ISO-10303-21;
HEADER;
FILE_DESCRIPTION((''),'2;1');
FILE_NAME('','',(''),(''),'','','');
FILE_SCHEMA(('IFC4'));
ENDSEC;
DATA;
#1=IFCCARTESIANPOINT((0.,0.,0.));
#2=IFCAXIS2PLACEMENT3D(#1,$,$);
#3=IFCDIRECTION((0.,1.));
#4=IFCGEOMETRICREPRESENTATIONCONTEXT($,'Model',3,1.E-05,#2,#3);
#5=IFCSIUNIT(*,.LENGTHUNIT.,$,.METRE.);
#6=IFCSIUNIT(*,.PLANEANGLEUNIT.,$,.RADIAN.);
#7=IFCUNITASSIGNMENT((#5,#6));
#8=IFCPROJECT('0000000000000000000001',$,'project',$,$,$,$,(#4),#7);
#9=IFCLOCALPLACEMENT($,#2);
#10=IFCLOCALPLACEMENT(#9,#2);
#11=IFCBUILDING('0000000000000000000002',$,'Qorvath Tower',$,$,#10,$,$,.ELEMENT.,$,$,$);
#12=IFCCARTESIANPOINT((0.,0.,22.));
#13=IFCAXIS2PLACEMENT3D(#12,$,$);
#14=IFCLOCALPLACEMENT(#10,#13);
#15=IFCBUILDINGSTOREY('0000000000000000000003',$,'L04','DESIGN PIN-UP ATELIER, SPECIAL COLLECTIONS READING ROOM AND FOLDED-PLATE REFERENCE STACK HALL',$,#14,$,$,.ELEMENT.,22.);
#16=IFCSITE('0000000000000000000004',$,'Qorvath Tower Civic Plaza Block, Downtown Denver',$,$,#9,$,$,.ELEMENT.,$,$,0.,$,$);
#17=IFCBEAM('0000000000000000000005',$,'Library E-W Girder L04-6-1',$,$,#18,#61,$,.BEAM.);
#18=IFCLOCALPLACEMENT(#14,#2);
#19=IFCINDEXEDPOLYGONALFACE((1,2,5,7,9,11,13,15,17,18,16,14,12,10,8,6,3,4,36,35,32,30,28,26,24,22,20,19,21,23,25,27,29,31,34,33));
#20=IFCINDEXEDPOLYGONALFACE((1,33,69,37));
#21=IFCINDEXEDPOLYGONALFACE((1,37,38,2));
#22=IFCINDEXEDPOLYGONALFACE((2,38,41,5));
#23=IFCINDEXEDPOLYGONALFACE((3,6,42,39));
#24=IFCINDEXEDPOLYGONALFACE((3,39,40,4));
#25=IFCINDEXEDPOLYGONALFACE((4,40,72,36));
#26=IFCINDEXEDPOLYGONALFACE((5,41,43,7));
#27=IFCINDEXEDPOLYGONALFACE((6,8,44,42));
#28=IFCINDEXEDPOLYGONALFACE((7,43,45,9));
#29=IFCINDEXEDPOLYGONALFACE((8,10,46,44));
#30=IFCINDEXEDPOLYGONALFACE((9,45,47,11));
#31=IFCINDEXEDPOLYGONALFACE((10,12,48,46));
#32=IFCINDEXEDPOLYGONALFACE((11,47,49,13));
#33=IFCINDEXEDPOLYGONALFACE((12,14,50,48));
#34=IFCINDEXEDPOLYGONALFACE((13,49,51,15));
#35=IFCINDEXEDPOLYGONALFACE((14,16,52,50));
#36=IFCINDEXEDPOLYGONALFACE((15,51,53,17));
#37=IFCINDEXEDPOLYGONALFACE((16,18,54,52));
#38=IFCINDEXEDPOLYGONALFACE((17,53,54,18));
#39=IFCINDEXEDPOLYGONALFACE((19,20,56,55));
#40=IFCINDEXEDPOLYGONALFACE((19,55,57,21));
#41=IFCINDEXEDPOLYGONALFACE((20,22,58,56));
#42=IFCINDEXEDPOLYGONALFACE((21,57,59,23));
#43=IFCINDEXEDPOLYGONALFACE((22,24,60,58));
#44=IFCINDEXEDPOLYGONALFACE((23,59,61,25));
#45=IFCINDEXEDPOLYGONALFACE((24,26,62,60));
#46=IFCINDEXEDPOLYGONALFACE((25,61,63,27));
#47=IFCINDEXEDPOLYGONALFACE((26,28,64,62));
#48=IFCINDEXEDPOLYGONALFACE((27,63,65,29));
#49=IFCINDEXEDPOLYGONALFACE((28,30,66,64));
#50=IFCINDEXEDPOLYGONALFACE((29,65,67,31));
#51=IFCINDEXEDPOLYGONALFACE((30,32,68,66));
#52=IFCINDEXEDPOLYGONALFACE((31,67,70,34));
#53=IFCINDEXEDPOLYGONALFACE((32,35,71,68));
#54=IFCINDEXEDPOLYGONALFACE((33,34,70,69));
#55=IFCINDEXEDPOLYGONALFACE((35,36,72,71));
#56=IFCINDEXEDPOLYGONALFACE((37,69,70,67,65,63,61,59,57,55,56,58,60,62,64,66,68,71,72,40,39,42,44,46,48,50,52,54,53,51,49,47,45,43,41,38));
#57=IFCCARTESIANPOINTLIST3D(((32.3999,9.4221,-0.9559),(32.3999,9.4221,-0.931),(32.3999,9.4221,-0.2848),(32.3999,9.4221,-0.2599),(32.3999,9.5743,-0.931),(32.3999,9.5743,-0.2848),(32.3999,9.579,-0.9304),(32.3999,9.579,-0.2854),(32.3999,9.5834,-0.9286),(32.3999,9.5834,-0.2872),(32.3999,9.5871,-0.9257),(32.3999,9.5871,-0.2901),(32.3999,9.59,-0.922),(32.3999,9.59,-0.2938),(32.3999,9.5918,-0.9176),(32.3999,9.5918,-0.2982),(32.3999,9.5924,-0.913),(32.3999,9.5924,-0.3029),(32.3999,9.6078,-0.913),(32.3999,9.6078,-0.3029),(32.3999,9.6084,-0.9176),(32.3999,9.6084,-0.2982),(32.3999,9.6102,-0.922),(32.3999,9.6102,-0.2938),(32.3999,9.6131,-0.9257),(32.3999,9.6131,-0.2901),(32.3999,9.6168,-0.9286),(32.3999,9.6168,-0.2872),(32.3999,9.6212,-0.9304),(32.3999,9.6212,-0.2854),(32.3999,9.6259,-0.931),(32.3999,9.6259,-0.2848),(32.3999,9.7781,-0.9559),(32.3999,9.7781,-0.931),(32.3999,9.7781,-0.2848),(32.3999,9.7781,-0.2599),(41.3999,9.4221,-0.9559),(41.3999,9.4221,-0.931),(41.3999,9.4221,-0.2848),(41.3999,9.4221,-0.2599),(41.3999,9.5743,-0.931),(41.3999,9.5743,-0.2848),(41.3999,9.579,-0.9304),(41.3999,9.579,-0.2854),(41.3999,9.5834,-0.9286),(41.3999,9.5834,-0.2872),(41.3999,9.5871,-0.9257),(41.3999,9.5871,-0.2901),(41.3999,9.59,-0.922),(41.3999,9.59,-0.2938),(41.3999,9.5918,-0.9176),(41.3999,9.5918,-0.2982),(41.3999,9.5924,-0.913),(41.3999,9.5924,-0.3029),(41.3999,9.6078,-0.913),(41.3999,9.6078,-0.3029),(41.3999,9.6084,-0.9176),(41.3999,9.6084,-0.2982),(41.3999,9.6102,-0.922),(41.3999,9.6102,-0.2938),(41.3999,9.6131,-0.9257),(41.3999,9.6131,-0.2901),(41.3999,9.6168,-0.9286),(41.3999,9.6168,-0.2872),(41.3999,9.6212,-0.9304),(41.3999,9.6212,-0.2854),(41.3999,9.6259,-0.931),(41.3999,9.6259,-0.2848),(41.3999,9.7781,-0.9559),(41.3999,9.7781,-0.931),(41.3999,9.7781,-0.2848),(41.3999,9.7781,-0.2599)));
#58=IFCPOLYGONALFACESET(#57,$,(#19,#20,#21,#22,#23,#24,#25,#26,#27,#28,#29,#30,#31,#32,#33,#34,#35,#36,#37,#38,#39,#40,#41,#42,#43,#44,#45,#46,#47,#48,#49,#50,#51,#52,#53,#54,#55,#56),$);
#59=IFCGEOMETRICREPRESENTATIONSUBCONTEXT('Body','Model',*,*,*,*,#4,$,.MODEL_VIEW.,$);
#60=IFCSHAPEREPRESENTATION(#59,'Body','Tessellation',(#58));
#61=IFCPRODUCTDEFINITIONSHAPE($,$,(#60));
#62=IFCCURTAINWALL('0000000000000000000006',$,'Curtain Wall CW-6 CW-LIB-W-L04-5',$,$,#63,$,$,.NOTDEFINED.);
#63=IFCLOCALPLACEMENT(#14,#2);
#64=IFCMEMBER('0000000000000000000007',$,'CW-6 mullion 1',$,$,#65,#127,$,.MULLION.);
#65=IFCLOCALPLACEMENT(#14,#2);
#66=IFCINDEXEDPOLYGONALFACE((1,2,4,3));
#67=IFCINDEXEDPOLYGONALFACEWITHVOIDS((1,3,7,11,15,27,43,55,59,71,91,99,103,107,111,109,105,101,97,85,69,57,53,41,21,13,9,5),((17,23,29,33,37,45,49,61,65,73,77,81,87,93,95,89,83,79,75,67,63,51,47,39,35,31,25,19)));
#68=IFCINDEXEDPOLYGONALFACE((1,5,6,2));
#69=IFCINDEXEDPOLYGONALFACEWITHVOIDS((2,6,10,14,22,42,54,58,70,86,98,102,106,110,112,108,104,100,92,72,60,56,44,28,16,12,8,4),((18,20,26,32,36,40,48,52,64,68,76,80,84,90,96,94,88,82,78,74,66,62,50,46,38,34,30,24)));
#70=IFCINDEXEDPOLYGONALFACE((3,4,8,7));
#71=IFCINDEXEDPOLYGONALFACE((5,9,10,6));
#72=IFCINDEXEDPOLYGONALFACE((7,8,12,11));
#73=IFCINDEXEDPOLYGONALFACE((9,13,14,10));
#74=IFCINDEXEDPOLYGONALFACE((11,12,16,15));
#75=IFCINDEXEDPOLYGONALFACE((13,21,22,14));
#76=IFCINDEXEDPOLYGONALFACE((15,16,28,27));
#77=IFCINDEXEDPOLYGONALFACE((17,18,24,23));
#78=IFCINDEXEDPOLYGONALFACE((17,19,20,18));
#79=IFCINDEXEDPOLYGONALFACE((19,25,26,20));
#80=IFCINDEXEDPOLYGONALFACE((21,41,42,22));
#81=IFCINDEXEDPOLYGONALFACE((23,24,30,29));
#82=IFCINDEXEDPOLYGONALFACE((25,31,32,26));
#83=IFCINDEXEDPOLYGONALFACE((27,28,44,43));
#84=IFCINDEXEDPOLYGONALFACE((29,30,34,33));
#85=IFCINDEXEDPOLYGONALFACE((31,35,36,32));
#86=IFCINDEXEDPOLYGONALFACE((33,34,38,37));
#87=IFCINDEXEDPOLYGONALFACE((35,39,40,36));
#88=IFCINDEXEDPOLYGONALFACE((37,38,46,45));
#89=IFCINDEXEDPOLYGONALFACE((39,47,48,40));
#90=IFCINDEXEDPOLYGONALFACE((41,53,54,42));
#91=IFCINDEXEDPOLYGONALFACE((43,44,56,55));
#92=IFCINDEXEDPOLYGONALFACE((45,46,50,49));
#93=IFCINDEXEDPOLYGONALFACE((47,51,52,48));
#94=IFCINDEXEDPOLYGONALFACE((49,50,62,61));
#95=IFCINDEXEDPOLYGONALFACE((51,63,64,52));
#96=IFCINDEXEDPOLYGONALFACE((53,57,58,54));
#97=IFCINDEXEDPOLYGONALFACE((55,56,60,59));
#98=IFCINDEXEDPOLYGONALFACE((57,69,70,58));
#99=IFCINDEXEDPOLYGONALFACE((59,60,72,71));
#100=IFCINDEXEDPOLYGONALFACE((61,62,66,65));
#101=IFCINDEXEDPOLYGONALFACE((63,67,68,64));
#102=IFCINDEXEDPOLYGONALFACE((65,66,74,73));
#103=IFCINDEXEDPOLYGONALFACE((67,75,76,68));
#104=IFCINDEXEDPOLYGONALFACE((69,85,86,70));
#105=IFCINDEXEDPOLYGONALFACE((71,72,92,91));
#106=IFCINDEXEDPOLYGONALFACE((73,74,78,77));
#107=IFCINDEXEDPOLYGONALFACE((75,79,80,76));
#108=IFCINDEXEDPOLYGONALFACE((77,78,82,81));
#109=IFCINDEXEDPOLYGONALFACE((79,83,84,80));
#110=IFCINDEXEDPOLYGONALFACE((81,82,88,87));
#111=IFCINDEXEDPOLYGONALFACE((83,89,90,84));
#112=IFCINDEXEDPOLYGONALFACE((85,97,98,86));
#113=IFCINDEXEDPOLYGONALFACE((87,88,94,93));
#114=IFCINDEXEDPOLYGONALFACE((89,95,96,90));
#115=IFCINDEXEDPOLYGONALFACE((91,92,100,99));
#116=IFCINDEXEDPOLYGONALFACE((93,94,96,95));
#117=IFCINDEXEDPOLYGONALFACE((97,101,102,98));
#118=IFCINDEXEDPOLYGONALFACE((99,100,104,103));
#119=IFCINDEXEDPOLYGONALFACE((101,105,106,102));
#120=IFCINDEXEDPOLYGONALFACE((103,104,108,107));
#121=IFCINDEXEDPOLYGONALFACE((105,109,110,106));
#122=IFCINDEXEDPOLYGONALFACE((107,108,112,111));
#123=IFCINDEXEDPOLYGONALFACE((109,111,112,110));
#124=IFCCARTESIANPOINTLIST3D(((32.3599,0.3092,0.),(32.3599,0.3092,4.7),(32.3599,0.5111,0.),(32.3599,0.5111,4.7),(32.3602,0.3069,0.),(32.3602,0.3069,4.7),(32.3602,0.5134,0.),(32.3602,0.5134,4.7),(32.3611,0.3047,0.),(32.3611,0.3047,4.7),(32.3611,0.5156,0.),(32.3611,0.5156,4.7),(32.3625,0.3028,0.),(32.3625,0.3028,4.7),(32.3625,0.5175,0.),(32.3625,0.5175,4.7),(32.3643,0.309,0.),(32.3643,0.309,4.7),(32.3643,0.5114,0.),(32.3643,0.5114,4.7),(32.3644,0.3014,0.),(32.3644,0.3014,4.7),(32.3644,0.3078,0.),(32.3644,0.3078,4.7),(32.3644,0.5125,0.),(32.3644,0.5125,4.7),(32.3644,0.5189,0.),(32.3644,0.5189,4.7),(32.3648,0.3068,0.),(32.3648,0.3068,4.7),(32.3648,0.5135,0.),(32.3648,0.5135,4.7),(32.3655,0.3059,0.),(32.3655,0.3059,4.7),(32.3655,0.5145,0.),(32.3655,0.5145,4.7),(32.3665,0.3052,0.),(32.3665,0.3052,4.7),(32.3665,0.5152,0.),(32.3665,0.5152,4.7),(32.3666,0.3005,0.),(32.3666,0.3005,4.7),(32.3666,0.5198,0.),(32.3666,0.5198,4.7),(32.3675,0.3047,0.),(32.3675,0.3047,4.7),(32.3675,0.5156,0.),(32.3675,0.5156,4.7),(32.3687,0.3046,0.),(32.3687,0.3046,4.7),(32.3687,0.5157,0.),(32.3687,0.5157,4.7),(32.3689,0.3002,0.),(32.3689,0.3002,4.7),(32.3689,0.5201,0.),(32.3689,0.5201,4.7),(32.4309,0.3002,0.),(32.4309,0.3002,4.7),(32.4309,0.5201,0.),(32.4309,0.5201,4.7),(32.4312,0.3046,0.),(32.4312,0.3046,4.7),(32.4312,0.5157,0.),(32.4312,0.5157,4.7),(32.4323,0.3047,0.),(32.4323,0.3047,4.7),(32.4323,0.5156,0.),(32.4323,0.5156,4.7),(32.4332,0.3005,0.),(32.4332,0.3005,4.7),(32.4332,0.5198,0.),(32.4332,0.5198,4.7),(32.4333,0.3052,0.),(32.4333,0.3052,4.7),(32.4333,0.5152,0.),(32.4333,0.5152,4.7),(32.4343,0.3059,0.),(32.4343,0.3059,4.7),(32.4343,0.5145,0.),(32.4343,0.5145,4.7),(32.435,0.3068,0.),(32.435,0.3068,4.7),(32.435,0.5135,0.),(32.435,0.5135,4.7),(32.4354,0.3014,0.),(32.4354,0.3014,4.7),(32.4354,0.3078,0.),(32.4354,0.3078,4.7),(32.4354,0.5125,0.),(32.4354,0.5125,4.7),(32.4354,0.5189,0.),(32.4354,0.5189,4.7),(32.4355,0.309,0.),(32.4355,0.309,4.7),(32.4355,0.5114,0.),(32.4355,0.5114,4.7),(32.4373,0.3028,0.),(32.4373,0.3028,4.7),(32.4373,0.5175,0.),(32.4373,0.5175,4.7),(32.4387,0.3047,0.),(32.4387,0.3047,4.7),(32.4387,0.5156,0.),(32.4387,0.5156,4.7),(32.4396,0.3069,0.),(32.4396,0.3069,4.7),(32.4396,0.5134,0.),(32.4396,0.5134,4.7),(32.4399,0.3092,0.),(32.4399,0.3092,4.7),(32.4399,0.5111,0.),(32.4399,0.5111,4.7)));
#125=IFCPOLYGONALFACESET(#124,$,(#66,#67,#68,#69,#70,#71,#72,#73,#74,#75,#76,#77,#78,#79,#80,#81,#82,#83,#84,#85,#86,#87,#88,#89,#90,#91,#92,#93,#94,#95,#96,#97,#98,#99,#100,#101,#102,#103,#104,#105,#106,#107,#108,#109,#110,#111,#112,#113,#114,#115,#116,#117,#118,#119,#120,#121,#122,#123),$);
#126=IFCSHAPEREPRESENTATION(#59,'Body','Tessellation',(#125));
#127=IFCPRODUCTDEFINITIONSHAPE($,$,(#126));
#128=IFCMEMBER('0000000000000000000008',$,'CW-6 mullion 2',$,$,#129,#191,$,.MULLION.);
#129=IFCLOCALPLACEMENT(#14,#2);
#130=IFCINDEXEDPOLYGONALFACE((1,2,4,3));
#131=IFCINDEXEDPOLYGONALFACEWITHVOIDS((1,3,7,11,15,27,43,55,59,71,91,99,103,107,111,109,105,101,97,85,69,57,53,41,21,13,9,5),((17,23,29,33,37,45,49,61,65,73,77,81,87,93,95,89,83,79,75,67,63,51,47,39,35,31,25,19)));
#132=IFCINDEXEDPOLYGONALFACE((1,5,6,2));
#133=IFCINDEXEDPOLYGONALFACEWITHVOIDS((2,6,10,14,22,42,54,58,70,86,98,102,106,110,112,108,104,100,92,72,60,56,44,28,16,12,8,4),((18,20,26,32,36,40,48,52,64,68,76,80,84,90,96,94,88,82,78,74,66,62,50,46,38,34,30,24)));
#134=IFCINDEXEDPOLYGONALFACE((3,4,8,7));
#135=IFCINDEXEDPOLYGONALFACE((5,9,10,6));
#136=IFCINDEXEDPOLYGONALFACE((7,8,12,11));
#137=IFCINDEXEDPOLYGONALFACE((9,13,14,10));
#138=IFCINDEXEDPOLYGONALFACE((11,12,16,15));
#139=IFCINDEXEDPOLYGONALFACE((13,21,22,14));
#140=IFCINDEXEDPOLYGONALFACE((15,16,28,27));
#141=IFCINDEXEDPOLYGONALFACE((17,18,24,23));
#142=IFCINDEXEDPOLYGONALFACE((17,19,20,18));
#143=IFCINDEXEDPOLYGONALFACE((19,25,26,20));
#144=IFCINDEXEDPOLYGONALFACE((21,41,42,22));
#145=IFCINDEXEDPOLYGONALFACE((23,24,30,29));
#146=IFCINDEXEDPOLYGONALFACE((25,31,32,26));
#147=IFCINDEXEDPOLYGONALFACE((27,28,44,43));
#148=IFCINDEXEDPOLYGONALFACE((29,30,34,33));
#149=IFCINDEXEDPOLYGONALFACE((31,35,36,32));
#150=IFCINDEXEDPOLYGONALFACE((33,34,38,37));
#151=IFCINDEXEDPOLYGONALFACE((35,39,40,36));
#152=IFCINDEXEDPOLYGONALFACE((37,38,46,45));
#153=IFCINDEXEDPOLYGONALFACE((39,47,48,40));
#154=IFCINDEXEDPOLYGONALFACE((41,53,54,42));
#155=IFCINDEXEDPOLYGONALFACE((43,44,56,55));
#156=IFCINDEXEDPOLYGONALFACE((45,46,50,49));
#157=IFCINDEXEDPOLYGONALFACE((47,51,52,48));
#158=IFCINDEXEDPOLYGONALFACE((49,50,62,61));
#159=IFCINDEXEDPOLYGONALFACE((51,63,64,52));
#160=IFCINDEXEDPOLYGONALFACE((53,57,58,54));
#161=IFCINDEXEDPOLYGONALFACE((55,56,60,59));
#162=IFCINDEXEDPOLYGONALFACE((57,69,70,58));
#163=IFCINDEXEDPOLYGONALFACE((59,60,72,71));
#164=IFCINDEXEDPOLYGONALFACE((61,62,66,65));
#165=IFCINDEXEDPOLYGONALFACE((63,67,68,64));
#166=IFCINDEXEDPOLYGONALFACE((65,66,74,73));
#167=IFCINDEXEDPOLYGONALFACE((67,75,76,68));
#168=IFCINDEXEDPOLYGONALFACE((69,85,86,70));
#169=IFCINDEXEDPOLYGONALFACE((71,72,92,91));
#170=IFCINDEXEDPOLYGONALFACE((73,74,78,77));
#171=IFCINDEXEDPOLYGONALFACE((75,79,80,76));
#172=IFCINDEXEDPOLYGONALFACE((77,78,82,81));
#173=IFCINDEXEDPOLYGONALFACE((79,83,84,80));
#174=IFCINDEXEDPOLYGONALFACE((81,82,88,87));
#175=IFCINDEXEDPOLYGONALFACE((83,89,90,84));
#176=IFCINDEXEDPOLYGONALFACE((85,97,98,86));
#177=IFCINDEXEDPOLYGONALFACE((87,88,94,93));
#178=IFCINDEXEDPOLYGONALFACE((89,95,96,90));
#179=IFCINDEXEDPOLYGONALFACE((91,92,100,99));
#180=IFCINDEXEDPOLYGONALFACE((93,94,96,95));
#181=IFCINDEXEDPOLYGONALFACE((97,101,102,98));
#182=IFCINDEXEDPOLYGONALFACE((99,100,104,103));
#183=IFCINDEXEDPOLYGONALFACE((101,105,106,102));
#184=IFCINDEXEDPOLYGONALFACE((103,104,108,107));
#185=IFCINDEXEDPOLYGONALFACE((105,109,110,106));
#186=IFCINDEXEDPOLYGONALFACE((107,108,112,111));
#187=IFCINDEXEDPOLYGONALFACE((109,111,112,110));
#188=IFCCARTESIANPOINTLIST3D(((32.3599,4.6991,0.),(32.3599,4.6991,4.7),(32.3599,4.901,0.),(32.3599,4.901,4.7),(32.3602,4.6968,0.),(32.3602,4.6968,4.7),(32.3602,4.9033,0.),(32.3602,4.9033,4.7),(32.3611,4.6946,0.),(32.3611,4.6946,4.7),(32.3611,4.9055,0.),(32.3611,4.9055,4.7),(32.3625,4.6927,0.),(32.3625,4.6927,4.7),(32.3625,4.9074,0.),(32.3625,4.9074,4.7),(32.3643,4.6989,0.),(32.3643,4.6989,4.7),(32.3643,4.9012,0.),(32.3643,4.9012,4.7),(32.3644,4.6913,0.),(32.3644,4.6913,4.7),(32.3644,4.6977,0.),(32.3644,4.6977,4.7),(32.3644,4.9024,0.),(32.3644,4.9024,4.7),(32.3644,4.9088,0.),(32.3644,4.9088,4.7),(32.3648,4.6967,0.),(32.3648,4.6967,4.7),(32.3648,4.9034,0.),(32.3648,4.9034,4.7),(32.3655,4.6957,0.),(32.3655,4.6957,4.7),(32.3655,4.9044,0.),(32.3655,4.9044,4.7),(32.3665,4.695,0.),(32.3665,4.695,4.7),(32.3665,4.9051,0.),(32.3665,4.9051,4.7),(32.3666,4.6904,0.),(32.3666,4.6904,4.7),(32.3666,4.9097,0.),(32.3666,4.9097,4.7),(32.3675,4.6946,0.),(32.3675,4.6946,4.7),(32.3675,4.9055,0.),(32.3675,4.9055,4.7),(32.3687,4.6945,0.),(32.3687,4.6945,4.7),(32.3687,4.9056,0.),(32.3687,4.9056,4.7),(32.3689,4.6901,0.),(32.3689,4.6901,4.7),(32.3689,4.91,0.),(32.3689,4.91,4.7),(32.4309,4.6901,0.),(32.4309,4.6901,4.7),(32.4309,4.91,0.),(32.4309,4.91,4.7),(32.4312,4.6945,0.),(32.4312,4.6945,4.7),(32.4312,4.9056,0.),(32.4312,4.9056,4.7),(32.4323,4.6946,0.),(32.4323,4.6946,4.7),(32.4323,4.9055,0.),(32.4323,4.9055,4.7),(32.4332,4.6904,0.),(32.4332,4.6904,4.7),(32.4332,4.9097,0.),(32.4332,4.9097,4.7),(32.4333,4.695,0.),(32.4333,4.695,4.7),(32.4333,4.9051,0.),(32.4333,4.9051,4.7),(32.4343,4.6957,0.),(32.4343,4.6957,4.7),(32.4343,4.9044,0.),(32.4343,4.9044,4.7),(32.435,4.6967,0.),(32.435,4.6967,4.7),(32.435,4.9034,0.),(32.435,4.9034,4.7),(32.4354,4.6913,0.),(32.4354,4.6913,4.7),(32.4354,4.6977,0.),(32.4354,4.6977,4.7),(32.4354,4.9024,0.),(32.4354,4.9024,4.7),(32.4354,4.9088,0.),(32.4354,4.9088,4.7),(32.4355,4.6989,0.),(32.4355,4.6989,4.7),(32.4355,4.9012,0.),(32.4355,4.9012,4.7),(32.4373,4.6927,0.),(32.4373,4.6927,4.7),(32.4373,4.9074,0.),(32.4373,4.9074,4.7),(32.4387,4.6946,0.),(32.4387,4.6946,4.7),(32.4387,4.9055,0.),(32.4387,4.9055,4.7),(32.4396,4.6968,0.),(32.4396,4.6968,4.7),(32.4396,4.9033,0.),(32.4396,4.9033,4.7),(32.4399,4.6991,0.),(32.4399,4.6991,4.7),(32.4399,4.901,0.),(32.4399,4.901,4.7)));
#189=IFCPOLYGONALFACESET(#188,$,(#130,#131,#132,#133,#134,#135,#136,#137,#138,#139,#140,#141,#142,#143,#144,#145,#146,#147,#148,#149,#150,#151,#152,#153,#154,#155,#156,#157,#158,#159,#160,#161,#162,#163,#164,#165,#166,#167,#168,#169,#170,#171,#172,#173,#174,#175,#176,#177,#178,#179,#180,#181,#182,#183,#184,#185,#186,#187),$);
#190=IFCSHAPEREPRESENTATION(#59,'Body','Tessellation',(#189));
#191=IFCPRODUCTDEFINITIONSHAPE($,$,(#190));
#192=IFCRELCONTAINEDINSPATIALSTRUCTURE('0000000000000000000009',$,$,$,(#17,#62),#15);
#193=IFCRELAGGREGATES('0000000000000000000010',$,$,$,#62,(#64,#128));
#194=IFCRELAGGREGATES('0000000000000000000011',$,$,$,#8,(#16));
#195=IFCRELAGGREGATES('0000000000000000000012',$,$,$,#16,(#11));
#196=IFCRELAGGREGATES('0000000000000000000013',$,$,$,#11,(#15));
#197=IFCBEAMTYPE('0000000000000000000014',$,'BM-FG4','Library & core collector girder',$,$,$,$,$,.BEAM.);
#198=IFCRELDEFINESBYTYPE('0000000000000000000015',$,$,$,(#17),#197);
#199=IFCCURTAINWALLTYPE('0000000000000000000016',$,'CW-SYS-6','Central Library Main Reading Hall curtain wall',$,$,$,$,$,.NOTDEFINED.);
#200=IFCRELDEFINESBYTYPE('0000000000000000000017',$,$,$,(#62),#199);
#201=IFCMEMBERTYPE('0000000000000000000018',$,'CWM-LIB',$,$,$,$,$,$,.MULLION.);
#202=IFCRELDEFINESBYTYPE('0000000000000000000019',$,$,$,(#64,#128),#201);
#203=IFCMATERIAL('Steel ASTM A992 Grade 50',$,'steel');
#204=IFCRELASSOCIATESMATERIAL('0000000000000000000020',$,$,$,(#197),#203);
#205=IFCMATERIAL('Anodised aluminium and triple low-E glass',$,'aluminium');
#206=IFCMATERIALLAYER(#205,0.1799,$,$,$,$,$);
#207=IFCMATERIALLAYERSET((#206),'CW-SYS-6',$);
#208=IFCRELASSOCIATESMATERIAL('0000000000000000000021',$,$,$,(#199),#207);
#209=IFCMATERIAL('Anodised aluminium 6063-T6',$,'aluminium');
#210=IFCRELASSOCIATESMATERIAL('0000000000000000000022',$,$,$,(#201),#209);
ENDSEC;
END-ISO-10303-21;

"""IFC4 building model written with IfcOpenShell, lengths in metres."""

from ifc_helpers import new_model, si_unit, direction, frame, origin, origin_2d, place, context, subcontext, project, spatial, hollow_rectangle, i_section, extrude, material, layer, layer_set, material_profile, profile_set, type_object, element, aggregate, save


model = new_model("IFC4")

# Units and contexts
model_context = context("Model", 3, precision=1e-05, world=origin(), true_north=direction((0.0, 1.0)))
body_context = subcontext(model_context, "Body", "Model", "MODEL_VIEW")
ifc_project = project(units=[si_unit("LENGTHUNIT", "METRE"), si_unit("PLANEANGLEUNIT", "RADIAN")], contexts=[model_context])

# Site, building, storey
site_placement = place(None, origin())
site = spatial("IfcSite", under=ifc_project, at=site_placement, Name="Qorvath Tower Civic Plaza Block, Downtown Denver", CompositionType="ELEMENT", RefElevation=0.0)
building_placement = place(site_placement, origin())
building = spatial("IfcBuilding", under=site, at=building_placement, Name="Qorvath Tower", CompositionType="ELEMENT")
storey_placement = place(building_placement, frame((0.0, 0.0, 22.0)))
storey = spatial("IfcBuildingStorey", under=building, at=storey_placement, Name="L04", Description="DESIGN PIN-UP ATELIER, SPECIAL COLLECTIONS READING ROOM AND FOLDED-PLATE REFERENCE STACK HALL", CompositionType="ELEMENT", Elevation=22.0)

# Beam
ifc_material_1 = material(Name="Steel ASTM A992 Grade 50", Category="steel")
ifc_material_profile_1 = material_profile(ifc_material_1, i_section(OverallWidth=0.356, OverallDepth=0.696, WebThickness=0.0154, FlangeThickness=0.0249, FilletRadius=0.0181, at=origin_2d()), Name="W27x146")
ifc_profile_set_1 = profile_set([ifc_material_profile_1], Name="Steel ASTM A992 Grade 50")
beam_type_1 = type_object("IfcBeamType", Name="BM-FG4", Description="Library & core collector girder", PredefinedType="BEAM", material=ifc_profile_set_1)
for number, where, z_axis, x_axis, name in (
    (1, (32.3999, 9.6001, -0.6079), (1.0, 0.0, 0.0), (0.0, 1.0, 0.0), "Library E-W Girder L04-6-1"),
):
    element("IfcBeam", number, at=place(storey_placement, frame(where, z_axis=z_axis, x_axis=x_axis)), inside=storey, type_object=beam_type_1, Name=name, PredefinedType="BEAM", context=body_context, shape_type="SweptSolid", body=[
        extrude(i_section(OverallWidth=0.356, OverallDepth=0.696, WebThickness=0.0154, FlangeThickness=0.0249, FilletRadius=0.0181, at=origin_2d()), origin(), (0.0, 0.0, 1.0), 9.0),
    ])

# Curtain wall, members
ifc_material_2 = material(Name="Anodised aluminium and triple low-E glass", Category="aluminium")
ifc_layer_1 = layer(ifc_material_2, 0.1799)
ifc_layer_set_1 = layer_set([ifc_layer_1], Name="CW-SYS-6")
curtain_wall_type = type_object("IfcCurtainWallType", Name="CW-SYS-6", Description="Central Library Main Reading Hall curtain wall", PredefinedType="NOTDEFINED", material=ifc_layer_set_1)
curtain_wall_1_placement = place(storey_placement, origin())
curtain_wall_1 = element("IfcCurtainWall", 2, at=curtain_wall_1_placement, inside=storey, type_object=curtain_wall_type, Name="Curtain Wall CW-6 CW-LIB-W-L04-5", PredefinedType="NOTDEFINED")
ifc_material_3 = material(Name="Anodised aluminium 6063-T6", Category="aluminium")
ifc_material_profile_2 = material_profile(ifc_material_3, hollow_rectangle(XDim=0.0801, YDim=0.22, WallThickness=0.0044, InnerFilletRadius=0.0044, OuterFilletRadius=0.009, at=origin_2d()), Name="CWM LIB 220x80")
ifc_profile_set_2 = profile_set([ifc_material_profile_2], Name="Anodised aluminium 6063-T6")
member_type_1 = type_object("IfcMemberType", Name="CWM-LIB", PredefinedType="MULLION", material=ifc_profile_set_2)
member_1_placement = place(storey_placement, frame((32.3999, 0.4102, 0.0), z_axis=(0.0, 0.0, 1.0), x_axis=(-1.0, 0.0, 0.0)))
member_1 = element("IfcMember", 3, at=member_1_placement, type_object=member_type_1, Name="CW-6 mullion 1", PredefinedType="MULLION", context=body_context, shape_type="SweptSolid", body=[
    extrude(hollow_rectangle(XDim=0.0801, YDim=0.22, WallThickness=0.0044, InnerFilletRadius=0.0044, OuterFilletRadius=0.009, at=origin_2d()), origin(), (0.0, 0.0, 1.0), 4.7),
])
member_2_placement = place(storey_placement, frame((32.3999, 4.8, 0.0), z_axis=(0.0, 0.0, 1.0), x_axis=(-1.0, 0.0, 0.0)))
member_2 = element("IfcMember", 4, at=member_2_placement, type_object=member_type_1, Name="CW-6 mullion 2", PredefinedType="MULLION", context=body_context, shape_type="SweptSolid", body=[
    extrude(hollow_rectangle(XDim=0.0801, YDim=0.22, WallThickness=0.0044, InnerFilletRadius=0.0044, OuterFilletRadius=0.009, at=origin_2d()), origin(), (0.0, 0.0, 1.0), 4.7),
])

aggregate(curtain_wall_1, [member_1, member_2])

save(model, "model.ifc")
